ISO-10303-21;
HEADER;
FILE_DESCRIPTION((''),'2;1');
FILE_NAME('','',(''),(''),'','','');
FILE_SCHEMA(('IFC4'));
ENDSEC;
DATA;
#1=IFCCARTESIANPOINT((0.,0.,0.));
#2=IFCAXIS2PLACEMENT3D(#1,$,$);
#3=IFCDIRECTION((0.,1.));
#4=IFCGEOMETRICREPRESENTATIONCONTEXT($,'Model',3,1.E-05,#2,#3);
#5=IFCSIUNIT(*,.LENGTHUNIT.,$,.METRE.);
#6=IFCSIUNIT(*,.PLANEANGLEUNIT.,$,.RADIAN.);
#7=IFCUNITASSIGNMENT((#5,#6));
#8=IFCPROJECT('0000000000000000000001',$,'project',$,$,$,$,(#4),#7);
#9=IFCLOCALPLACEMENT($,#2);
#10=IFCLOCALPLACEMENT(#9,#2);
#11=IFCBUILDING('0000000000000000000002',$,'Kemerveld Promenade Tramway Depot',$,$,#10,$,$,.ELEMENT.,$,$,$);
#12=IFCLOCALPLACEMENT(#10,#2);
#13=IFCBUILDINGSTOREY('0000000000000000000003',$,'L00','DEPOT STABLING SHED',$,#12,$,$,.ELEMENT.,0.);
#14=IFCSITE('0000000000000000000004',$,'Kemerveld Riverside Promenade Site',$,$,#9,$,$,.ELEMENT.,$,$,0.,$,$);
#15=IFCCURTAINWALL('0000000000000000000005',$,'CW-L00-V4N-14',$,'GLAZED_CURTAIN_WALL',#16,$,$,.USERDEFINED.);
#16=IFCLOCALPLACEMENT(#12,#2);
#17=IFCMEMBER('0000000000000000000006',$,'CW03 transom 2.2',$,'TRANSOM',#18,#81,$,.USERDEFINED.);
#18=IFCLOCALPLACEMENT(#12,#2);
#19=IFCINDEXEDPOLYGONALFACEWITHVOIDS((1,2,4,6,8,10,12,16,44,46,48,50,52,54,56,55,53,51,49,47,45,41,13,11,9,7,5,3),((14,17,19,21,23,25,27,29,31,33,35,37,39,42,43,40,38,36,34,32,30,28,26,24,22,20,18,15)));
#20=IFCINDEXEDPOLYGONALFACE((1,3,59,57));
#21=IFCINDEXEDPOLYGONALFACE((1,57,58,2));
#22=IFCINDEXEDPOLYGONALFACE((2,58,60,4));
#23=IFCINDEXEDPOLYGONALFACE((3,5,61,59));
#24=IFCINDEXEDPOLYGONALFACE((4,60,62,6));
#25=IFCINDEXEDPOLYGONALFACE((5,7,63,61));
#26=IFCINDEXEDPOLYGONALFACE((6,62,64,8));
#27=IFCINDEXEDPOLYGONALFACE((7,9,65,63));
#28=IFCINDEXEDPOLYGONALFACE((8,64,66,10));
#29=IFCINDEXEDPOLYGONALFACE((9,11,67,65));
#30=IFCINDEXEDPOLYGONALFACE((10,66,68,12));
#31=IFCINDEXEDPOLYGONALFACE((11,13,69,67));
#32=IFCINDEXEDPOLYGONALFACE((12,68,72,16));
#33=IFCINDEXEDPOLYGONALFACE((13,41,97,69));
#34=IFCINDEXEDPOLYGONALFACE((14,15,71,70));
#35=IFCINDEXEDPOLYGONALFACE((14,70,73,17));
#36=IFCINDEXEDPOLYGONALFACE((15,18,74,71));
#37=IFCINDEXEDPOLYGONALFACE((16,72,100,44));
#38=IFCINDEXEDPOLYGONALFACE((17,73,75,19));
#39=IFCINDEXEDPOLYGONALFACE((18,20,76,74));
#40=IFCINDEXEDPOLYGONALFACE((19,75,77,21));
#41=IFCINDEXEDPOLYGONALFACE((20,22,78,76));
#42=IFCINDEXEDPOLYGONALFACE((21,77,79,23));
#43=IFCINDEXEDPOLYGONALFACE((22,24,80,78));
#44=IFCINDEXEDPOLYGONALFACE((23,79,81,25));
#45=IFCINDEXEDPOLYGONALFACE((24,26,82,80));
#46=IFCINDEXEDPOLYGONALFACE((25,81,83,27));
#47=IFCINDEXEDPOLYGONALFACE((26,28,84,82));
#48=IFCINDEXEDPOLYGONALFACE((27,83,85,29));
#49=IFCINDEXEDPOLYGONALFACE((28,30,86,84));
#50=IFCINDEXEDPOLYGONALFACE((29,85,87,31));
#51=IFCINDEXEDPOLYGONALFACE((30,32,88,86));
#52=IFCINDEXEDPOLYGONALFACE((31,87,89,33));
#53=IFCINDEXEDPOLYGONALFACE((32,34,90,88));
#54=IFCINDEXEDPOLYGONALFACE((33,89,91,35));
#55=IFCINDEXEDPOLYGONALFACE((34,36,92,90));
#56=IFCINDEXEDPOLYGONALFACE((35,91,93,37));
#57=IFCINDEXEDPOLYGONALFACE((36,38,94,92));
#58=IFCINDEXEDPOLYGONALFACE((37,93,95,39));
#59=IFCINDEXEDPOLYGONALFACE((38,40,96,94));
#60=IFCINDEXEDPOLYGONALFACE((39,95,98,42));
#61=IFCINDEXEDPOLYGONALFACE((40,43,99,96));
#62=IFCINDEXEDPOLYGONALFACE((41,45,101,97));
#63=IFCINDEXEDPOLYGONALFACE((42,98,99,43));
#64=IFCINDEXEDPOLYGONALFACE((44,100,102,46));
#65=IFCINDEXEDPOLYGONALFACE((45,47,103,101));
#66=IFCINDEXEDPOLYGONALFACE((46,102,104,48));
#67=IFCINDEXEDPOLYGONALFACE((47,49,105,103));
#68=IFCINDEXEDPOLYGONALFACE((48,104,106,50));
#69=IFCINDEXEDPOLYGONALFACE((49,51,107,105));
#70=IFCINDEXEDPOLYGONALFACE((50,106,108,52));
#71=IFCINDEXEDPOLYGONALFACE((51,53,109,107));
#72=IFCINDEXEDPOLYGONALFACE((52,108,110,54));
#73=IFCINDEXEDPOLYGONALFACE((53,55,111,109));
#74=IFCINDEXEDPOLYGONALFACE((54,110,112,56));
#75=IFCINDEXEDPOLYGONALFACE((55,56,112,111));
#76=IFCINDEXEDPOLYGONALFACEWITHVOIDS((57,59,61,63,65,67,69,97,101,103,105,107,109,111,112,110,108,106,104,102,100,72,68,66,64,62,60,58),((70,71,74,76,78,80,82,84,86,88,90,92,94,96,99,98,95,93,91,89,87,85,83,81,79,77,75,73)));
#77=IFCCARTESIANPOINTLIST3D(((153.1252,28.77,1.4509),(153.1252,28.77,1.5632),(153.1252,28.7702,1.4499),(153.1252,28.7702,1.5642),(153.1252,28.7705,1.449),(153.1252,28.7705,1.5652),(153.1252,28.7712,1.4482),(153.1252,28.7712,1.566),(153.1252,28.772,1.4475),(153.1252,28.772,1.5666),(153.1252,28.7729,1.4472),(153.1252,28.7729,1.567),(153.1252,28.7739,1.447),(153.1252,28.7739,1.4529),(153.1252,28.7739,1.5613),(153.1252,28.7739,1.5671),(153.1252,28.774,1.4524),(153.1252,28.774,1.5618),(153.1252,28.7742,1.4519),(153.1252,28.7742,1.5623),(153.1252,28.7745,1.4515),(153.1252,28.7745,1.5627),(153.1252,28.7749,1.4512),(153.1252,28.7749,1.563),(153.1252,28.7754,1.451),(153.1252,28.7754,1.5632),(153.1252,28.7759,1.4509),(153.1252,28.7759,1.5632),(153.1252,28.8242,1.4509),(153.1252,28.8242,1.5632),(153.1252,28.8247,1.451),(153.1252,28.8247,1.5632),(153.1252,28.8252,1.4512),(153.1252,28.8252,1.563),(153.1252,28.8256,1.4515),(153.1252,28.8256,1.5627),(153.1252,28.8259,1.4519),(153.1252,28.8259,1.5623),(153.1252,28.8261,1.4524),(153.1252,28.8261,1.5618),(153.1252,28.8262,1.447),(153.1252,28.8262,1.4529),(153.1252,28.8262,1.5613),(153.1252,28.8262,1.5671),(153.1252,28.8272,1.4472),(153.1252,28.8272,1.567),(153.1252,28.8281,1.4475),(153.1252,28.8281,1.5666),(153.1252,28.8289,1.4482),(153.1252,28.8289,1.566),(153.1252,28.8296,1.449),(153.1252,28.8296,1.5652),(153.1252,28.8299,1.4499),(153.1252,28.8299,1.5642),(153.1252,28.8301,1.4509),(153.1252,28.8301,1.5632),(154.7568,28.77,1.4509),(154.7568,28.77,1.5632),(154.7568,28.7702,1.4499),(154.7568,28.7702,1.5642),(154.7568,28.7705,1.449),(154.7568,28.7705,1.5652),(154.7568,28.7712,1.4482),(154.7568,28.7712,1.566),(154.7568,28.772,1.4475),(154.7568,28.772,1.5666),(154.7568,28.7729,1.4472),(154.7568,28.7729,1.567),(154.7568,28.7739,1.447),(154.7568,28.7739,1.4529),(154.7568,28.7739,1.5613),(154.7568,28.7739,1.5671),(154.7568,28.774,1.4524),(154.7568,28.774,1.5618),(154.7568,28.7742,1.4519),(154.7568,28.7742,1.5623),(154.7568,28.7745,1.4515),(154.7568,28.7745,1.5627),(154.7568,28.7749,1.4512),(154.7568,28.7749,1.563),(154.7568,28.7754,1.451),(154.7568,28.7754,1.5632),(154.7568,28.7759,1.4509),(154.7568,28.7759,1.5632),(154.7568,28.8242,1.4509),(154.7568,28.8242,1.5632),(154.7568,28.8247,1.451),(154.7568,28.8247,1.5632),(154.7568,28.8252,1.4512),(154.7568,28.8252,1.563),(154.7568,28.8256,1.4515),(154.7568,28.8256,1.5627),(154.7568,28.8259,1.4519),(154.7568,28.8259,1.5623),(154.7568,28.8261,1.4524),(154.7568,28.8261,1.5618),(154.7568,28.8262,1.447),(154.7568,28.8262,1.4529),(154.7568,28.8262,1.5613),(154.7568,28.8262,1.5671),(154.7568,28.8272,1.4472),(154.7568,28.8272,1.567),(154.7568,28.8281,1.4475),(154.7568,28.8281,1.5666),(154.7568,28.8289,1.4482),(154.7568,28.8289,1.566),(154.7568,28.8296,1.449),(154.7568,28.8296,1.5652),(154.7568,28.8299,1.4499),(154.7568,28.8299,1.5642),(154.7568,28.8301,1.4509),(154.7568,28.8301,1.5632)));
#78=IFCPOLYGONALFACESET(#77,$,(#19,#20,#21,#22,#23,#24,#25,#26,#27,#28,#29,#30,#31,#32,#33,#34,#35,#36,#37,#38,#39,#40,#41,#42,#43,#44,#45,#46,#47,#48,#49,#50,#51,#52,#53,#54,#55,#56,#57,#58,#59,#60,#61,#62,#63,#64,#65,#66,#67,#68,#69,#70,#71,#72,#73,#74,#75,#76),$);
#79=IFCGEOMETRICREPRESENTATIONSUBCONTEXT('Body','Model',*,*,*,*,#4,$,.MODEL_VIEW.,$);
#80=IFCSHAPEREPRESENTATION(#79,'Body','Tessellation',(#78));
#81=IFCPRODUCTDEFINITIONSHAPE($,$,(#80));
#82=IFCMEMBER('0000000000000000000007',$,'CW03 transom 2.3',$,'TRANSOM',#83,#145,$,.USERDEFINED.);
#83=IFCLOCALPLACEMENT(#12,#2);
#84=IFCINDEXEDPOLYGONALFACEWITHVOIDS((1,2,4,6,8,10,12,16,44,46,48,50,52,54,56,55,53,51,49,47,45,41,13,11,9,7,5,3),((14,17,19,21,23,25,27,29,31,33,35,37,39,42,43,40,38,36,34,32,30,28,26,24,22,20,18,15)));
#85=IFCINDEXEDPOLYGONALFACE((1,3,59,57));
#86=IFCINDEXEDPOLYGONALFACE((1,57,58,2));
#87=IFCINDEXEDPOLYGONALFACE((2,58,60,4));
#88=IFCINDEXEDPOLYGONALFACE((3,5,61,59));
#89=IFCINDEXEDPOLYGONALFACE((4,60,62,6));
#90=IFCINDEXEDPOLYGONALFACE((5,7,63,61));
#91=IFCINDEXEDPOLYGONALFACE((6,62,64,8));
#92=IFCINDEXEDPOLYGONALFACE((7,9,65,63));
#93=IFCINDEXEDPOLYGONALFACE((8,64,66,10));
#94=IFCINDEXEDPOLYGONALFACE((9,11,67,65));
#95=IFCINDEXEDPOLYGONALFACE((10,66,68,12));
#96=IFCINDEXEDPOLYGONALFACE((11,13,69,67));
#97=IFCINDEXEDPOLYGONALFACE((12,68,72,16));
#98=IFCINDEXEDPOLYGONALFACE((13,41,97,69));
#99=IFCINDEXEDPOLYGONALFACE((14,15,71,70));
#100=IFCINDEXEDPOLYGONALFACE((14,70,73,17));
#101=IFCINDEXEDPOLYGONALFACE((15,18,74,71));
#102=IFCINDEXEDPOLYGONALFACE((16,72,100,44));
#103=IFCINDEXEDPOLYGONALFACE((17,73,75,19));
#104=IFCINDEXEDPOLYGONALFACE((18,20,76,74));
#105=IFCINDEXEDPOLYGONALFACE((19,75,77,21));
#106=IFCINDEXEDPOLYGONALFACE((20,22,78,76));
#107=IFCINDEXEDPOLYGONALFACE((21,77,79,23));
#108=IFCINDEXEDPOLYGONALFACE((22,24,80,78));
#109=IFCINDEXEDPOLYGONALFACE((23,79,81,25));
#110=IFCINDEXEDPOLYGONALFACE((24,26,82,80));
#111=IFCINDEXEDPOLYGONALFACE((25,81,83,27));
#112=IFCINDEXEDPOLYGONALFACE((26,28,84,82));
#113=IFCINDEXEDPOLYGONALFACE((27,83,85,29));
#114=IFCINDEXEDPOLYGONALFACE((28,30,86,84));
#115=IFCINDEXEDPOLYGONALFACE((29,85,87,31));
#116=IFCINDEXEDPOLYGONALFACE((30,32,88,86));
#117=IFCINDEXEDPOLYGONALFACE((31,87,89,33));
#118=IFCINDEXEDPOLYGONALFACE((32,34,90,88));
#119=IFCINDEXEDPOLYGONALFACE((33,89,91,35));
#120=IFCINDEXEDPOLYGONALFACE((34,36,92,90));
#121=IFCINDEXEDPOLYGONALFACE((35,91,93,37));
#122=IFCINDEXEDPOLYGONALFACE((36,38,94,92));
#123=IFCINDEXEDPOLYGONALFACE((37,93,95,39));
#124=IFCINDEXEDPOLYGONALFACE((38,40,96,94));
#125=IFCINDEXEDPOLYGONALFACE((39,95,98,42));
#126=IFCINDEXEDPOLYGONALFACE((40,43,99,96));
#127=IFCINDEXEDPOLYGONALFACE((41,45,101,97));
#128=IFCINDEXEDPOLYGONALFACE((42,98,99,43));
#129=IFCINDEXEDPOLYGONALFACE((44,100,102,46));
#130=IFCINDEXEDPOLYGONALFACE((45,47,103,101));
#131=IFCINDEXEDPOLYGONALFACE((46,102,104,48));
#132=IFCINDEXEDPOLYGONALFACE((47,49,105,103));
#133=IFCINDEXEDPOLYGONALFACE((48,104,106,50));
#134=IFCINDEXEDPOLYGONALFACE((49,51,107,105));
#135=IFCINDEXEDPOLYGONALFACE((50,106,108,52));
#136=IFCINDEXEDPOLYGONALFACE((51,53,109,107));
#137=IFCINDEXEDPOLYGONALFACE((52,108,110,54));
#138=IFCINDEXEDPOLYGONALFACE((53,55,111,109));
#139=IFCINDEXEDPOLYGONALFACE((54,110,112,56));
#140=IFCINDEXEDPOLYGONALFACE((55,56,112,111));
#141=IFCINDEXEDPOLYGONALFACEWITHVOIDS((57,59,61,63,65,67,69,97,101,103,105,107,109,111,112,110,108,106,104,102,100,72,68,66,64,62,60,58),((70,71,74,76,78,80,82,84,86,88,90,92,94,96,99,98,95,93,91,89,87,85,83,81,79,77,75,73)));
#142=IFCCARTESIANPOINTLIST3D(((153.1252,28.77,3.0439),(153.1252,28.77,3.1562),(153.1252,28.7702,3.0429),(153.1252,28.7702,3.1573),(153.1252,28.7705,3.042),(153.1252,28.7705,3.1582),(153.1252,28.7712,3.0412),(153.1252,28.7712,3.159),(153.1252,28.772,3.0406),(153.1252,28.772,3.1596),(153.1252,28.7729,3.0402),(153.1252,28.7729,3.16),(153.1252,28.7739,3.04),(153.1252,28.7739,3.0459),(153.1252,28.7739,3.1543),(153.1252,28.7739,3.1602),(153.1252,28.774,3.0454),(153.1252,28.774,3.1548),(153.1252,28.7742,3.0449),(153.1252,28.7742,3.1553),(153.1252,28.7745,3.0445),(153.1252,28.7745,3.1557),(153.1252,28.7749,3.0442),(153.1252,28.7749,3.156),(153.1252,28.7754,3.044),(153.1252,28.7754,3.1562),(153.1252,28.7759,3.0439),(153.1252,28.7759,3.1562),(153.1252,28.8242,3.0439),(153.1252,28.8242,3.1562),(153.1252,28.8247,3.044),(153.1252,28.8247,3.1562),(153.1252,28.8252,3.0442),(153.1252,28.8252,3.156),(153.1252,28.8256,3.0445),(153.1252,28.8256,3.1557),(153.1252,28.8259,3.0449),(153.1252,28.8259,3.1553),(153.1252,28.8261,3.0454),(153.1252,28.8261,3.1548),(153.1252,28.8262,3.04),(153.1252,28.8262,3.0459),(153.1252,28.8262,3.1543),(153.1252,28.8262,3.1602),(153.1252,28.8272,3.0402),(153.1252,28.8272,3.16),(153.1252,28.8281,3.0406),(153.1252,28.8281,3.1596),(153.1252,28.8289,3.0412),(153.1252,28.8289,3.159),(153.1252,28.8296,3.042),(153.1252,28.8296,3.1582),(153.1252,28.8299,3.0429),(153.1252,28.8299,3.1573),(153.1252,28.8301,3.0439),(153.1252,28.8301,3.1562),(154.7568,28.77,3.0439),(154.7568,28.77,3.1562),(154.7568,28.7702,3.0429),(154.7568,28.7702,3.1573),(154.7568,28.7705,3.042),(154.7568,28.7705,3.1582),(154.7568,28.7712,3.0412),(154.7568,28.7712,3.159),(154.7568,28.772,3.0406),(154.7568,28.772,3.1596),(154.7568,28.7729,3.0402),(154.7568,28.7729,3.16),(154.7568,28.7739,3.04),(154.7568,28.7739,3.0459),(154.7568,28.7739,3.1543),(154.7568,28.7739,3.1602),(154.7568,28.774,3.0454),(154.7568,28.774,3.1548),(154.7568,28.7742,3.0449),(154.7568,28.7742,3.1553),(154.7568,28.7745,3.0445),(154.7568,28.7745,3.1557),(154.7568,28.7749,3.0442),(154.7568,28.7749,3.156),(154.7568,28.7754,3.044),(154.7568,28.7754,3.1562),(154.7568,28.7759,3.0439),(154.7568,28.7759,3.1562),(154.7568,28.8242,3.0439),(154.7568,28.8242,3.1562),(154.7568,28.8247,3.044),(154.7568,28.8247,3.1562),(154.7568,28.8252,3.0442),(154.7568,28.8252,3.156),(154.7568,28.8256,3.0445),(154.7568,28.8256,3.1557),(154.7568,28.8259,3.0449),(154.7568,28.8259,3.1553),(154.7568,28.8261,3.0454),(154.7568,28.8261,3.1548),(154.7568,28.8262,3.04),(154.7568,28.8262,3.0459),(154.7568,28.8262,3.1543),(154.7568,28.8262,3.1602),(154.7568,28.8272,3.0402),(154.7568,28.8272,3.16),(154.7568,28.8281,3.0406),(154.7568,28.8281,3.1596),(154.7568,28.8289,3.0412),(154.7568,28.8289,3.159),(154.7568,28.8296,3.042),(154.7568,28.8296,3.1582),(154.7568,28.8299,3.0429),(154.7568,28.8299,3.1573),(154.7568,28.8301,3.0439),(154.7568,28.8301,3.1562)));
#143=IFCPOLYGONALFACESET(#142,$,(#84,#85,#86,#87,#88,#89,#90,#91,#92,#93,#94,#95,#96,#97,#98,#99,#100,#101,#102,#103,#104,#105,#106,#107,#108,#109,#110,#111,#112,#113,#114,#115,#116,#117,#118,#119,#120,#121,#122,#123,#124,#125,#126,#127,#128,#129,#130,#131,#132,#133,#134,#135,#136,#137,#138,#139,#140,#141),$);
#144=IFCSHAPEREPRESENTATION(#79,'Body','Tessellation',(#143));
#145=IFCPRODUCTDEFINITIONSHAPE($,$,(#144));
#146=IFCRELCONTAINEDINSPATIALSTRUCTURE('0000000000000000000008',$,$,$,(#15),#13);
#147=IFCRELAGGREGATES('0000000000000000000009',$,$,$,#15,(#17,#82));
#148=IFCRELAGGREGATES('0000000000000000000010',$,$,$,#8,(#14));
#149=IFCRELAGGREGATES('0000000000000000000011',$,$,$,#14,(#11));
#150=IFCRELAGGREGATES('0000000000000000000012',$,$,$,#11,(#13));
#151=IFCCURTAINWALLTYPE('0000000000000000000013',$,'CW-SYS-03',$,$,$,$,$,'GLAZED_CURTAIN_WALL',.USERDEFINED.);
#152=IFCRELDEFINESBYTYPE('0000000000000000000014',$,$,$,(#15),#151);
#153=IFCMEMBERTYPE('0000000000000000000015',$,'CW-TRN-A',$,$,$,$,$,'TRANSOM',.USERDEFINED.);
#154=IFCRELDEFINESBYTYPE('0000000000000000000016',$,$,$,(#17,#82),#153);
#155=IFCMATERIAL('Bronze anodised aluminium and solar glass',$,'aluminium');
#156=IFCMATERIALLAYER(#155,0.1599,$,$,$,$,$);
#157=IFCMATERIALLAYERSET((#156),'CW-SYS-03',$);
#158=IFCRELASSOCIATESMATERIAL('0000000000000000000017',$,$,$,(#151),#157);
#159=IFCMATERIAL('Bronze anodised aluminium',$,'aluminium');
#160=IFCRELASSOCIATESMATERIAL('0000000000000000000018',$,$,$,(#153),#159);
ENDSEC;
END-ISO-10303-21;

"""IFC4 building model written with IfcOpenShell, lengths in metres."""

from ifc_helpers import new_model, si_unit, direction, frame, origin, origin_2d, place, context, subcontext, project, spatial, hollow_rectangle, extrude, material, layer, layer_set, material_profile, profile_set, type_object, element, aggregate, save


model = new_model("IFC4")

# Units and contexts
model_context = context("Model", 3, precision=1e-05, world=origin(), true_north=direction((0.0, 1.0)))
body_context = subcontext(model_context, "Body", "Model", "MODEL_VIEW")
ifc_project = project(units=[si_unit("LENGTHUNIT", "METRE"), si_unit("PLANEANGLEUNIT", "RADIAN")], contexts=[model_context])

# Site, building, storey
site_placement = place(None, origin())
site = spatial("IfcSite", under=ifc_project, at=site_placement, Name="Kemerveld Riverside Promenade Site", CompositionType="ELEMENT", RefElevation=0.0)
building_placement = place(site_placement, origin())
building = spatial("IfcBuilding", under=site, at=building_placement, Name="Kemerveld Promenade Tramway Depot", CompositionType="ELEMENT")
storey_placement = place(building_placement, origin())
storey = spatial("IfcBuildingStorey", under=building, at=storey_placement, Name="L00", Description="DEPOT STABLING SHED", CompositionType="ELEMENT", Elevation=0.0)

# Curtain wall, members
ifc_material_1 = material(Name="Bronze anodised aluminium and solar glass", Category="aluminium")
ifc_layer_1 = layer(ifc_material_1, 0.1599)
ifc_layer_set_1 = layer_set([ifc_layer_1], Name="CW-SYS-03")
curtain_wall_type = type_object("IfcCurtainWallType", Name="CW-SYS-03", ElementType="GLAZED_CURTAIN_WALL", PredefinedType="USERDEFINED", material=ifc_layer_set_1)
curtain_wall_placement = place(storey_placement, origin())
curtain_wall = element("IfcCurtainWall", 1, at=curtain_wall_placement, inside=storey, type_object=curtain_wall_type, Name="CW-L00-V4N-14", ObjectType="GLAZED_CURTAIN_WALL", PredefinedType="USERDEFINED")
ifc_material_2 = material(Name="Bronze anodised aluminium", Category="aluminium")
ifc_material_profile_1 = material_profile(ifc_material_2, hollow_rectangle(XDim=0.0601, YDim=0.1201, WallThickness=0.0039, InnerFilletRadius=0.002, OuterFilletRadius=0.0039, at=origin_2d()), Name="CW-TRN-120x60")
ifc_profile_set_1 = profile_set([ifc_material_profile_1], Name="Bronze anodised aluminium")
member_type_1 = type_object("IfcMemberType", Name="CW-TRN-A", ElementType="TRANSOM", PredefinedType="USERDEFINED", material=ifc_profile_set_1)
member_1_placement = place(storey_placement, frame((153.1252, 28.8, 1.5071), z_axis=(1.0, 0.0, 0.0), x_axis=(0.0, 1.0, 0.0)))
member_1 = element("IfcMember", 2, at=member_1_placement, type_object=member_type_1, Name="CW03 transom 2.2", ObjectType="TRANSOM", PredefinedType="USERDEFINED", context=body_context, shape_type="SweptSolid", body=[
    extrude(hollow_rectangle(XDim=0.0601, YDim=0.1201, WallThickness=0.0039, InnerFilletRadius=0.002, OuterFilletRadius=0.0039, at=origin_2d()), origin(), (0.0, 0.0, 1.0), 1.6316),
])
member_2_placement = place(storey_placement, frame((153.1252, 28.8, 3.1001), z_axis=(1.0, 0.0, 0.0), x_axis=(0.0, 1.0, 0.0)))
member_2 = element("IfcMember", 3, at=member_2_placement, type_object=member_type_1, Name="CW03 transom 2.3", ObjectType="TRANSOM", PredefinedType="USERDEFINED", context=body_context, shape_type="SweptSolid", body=[
    extrude(hollow_rectangle(XDim=0.0601, YDim=0.1201, WallThickness=0.0039, InnerFilletRadius=0.002, OuterFilletRadius=0.0039, at=origin_2d()), origin(), (0.0, 0.0, 1.0), 1.6316),
])
aggregate(curtain_wall, [member_1, member_2])

save(model, "model.ifc")
